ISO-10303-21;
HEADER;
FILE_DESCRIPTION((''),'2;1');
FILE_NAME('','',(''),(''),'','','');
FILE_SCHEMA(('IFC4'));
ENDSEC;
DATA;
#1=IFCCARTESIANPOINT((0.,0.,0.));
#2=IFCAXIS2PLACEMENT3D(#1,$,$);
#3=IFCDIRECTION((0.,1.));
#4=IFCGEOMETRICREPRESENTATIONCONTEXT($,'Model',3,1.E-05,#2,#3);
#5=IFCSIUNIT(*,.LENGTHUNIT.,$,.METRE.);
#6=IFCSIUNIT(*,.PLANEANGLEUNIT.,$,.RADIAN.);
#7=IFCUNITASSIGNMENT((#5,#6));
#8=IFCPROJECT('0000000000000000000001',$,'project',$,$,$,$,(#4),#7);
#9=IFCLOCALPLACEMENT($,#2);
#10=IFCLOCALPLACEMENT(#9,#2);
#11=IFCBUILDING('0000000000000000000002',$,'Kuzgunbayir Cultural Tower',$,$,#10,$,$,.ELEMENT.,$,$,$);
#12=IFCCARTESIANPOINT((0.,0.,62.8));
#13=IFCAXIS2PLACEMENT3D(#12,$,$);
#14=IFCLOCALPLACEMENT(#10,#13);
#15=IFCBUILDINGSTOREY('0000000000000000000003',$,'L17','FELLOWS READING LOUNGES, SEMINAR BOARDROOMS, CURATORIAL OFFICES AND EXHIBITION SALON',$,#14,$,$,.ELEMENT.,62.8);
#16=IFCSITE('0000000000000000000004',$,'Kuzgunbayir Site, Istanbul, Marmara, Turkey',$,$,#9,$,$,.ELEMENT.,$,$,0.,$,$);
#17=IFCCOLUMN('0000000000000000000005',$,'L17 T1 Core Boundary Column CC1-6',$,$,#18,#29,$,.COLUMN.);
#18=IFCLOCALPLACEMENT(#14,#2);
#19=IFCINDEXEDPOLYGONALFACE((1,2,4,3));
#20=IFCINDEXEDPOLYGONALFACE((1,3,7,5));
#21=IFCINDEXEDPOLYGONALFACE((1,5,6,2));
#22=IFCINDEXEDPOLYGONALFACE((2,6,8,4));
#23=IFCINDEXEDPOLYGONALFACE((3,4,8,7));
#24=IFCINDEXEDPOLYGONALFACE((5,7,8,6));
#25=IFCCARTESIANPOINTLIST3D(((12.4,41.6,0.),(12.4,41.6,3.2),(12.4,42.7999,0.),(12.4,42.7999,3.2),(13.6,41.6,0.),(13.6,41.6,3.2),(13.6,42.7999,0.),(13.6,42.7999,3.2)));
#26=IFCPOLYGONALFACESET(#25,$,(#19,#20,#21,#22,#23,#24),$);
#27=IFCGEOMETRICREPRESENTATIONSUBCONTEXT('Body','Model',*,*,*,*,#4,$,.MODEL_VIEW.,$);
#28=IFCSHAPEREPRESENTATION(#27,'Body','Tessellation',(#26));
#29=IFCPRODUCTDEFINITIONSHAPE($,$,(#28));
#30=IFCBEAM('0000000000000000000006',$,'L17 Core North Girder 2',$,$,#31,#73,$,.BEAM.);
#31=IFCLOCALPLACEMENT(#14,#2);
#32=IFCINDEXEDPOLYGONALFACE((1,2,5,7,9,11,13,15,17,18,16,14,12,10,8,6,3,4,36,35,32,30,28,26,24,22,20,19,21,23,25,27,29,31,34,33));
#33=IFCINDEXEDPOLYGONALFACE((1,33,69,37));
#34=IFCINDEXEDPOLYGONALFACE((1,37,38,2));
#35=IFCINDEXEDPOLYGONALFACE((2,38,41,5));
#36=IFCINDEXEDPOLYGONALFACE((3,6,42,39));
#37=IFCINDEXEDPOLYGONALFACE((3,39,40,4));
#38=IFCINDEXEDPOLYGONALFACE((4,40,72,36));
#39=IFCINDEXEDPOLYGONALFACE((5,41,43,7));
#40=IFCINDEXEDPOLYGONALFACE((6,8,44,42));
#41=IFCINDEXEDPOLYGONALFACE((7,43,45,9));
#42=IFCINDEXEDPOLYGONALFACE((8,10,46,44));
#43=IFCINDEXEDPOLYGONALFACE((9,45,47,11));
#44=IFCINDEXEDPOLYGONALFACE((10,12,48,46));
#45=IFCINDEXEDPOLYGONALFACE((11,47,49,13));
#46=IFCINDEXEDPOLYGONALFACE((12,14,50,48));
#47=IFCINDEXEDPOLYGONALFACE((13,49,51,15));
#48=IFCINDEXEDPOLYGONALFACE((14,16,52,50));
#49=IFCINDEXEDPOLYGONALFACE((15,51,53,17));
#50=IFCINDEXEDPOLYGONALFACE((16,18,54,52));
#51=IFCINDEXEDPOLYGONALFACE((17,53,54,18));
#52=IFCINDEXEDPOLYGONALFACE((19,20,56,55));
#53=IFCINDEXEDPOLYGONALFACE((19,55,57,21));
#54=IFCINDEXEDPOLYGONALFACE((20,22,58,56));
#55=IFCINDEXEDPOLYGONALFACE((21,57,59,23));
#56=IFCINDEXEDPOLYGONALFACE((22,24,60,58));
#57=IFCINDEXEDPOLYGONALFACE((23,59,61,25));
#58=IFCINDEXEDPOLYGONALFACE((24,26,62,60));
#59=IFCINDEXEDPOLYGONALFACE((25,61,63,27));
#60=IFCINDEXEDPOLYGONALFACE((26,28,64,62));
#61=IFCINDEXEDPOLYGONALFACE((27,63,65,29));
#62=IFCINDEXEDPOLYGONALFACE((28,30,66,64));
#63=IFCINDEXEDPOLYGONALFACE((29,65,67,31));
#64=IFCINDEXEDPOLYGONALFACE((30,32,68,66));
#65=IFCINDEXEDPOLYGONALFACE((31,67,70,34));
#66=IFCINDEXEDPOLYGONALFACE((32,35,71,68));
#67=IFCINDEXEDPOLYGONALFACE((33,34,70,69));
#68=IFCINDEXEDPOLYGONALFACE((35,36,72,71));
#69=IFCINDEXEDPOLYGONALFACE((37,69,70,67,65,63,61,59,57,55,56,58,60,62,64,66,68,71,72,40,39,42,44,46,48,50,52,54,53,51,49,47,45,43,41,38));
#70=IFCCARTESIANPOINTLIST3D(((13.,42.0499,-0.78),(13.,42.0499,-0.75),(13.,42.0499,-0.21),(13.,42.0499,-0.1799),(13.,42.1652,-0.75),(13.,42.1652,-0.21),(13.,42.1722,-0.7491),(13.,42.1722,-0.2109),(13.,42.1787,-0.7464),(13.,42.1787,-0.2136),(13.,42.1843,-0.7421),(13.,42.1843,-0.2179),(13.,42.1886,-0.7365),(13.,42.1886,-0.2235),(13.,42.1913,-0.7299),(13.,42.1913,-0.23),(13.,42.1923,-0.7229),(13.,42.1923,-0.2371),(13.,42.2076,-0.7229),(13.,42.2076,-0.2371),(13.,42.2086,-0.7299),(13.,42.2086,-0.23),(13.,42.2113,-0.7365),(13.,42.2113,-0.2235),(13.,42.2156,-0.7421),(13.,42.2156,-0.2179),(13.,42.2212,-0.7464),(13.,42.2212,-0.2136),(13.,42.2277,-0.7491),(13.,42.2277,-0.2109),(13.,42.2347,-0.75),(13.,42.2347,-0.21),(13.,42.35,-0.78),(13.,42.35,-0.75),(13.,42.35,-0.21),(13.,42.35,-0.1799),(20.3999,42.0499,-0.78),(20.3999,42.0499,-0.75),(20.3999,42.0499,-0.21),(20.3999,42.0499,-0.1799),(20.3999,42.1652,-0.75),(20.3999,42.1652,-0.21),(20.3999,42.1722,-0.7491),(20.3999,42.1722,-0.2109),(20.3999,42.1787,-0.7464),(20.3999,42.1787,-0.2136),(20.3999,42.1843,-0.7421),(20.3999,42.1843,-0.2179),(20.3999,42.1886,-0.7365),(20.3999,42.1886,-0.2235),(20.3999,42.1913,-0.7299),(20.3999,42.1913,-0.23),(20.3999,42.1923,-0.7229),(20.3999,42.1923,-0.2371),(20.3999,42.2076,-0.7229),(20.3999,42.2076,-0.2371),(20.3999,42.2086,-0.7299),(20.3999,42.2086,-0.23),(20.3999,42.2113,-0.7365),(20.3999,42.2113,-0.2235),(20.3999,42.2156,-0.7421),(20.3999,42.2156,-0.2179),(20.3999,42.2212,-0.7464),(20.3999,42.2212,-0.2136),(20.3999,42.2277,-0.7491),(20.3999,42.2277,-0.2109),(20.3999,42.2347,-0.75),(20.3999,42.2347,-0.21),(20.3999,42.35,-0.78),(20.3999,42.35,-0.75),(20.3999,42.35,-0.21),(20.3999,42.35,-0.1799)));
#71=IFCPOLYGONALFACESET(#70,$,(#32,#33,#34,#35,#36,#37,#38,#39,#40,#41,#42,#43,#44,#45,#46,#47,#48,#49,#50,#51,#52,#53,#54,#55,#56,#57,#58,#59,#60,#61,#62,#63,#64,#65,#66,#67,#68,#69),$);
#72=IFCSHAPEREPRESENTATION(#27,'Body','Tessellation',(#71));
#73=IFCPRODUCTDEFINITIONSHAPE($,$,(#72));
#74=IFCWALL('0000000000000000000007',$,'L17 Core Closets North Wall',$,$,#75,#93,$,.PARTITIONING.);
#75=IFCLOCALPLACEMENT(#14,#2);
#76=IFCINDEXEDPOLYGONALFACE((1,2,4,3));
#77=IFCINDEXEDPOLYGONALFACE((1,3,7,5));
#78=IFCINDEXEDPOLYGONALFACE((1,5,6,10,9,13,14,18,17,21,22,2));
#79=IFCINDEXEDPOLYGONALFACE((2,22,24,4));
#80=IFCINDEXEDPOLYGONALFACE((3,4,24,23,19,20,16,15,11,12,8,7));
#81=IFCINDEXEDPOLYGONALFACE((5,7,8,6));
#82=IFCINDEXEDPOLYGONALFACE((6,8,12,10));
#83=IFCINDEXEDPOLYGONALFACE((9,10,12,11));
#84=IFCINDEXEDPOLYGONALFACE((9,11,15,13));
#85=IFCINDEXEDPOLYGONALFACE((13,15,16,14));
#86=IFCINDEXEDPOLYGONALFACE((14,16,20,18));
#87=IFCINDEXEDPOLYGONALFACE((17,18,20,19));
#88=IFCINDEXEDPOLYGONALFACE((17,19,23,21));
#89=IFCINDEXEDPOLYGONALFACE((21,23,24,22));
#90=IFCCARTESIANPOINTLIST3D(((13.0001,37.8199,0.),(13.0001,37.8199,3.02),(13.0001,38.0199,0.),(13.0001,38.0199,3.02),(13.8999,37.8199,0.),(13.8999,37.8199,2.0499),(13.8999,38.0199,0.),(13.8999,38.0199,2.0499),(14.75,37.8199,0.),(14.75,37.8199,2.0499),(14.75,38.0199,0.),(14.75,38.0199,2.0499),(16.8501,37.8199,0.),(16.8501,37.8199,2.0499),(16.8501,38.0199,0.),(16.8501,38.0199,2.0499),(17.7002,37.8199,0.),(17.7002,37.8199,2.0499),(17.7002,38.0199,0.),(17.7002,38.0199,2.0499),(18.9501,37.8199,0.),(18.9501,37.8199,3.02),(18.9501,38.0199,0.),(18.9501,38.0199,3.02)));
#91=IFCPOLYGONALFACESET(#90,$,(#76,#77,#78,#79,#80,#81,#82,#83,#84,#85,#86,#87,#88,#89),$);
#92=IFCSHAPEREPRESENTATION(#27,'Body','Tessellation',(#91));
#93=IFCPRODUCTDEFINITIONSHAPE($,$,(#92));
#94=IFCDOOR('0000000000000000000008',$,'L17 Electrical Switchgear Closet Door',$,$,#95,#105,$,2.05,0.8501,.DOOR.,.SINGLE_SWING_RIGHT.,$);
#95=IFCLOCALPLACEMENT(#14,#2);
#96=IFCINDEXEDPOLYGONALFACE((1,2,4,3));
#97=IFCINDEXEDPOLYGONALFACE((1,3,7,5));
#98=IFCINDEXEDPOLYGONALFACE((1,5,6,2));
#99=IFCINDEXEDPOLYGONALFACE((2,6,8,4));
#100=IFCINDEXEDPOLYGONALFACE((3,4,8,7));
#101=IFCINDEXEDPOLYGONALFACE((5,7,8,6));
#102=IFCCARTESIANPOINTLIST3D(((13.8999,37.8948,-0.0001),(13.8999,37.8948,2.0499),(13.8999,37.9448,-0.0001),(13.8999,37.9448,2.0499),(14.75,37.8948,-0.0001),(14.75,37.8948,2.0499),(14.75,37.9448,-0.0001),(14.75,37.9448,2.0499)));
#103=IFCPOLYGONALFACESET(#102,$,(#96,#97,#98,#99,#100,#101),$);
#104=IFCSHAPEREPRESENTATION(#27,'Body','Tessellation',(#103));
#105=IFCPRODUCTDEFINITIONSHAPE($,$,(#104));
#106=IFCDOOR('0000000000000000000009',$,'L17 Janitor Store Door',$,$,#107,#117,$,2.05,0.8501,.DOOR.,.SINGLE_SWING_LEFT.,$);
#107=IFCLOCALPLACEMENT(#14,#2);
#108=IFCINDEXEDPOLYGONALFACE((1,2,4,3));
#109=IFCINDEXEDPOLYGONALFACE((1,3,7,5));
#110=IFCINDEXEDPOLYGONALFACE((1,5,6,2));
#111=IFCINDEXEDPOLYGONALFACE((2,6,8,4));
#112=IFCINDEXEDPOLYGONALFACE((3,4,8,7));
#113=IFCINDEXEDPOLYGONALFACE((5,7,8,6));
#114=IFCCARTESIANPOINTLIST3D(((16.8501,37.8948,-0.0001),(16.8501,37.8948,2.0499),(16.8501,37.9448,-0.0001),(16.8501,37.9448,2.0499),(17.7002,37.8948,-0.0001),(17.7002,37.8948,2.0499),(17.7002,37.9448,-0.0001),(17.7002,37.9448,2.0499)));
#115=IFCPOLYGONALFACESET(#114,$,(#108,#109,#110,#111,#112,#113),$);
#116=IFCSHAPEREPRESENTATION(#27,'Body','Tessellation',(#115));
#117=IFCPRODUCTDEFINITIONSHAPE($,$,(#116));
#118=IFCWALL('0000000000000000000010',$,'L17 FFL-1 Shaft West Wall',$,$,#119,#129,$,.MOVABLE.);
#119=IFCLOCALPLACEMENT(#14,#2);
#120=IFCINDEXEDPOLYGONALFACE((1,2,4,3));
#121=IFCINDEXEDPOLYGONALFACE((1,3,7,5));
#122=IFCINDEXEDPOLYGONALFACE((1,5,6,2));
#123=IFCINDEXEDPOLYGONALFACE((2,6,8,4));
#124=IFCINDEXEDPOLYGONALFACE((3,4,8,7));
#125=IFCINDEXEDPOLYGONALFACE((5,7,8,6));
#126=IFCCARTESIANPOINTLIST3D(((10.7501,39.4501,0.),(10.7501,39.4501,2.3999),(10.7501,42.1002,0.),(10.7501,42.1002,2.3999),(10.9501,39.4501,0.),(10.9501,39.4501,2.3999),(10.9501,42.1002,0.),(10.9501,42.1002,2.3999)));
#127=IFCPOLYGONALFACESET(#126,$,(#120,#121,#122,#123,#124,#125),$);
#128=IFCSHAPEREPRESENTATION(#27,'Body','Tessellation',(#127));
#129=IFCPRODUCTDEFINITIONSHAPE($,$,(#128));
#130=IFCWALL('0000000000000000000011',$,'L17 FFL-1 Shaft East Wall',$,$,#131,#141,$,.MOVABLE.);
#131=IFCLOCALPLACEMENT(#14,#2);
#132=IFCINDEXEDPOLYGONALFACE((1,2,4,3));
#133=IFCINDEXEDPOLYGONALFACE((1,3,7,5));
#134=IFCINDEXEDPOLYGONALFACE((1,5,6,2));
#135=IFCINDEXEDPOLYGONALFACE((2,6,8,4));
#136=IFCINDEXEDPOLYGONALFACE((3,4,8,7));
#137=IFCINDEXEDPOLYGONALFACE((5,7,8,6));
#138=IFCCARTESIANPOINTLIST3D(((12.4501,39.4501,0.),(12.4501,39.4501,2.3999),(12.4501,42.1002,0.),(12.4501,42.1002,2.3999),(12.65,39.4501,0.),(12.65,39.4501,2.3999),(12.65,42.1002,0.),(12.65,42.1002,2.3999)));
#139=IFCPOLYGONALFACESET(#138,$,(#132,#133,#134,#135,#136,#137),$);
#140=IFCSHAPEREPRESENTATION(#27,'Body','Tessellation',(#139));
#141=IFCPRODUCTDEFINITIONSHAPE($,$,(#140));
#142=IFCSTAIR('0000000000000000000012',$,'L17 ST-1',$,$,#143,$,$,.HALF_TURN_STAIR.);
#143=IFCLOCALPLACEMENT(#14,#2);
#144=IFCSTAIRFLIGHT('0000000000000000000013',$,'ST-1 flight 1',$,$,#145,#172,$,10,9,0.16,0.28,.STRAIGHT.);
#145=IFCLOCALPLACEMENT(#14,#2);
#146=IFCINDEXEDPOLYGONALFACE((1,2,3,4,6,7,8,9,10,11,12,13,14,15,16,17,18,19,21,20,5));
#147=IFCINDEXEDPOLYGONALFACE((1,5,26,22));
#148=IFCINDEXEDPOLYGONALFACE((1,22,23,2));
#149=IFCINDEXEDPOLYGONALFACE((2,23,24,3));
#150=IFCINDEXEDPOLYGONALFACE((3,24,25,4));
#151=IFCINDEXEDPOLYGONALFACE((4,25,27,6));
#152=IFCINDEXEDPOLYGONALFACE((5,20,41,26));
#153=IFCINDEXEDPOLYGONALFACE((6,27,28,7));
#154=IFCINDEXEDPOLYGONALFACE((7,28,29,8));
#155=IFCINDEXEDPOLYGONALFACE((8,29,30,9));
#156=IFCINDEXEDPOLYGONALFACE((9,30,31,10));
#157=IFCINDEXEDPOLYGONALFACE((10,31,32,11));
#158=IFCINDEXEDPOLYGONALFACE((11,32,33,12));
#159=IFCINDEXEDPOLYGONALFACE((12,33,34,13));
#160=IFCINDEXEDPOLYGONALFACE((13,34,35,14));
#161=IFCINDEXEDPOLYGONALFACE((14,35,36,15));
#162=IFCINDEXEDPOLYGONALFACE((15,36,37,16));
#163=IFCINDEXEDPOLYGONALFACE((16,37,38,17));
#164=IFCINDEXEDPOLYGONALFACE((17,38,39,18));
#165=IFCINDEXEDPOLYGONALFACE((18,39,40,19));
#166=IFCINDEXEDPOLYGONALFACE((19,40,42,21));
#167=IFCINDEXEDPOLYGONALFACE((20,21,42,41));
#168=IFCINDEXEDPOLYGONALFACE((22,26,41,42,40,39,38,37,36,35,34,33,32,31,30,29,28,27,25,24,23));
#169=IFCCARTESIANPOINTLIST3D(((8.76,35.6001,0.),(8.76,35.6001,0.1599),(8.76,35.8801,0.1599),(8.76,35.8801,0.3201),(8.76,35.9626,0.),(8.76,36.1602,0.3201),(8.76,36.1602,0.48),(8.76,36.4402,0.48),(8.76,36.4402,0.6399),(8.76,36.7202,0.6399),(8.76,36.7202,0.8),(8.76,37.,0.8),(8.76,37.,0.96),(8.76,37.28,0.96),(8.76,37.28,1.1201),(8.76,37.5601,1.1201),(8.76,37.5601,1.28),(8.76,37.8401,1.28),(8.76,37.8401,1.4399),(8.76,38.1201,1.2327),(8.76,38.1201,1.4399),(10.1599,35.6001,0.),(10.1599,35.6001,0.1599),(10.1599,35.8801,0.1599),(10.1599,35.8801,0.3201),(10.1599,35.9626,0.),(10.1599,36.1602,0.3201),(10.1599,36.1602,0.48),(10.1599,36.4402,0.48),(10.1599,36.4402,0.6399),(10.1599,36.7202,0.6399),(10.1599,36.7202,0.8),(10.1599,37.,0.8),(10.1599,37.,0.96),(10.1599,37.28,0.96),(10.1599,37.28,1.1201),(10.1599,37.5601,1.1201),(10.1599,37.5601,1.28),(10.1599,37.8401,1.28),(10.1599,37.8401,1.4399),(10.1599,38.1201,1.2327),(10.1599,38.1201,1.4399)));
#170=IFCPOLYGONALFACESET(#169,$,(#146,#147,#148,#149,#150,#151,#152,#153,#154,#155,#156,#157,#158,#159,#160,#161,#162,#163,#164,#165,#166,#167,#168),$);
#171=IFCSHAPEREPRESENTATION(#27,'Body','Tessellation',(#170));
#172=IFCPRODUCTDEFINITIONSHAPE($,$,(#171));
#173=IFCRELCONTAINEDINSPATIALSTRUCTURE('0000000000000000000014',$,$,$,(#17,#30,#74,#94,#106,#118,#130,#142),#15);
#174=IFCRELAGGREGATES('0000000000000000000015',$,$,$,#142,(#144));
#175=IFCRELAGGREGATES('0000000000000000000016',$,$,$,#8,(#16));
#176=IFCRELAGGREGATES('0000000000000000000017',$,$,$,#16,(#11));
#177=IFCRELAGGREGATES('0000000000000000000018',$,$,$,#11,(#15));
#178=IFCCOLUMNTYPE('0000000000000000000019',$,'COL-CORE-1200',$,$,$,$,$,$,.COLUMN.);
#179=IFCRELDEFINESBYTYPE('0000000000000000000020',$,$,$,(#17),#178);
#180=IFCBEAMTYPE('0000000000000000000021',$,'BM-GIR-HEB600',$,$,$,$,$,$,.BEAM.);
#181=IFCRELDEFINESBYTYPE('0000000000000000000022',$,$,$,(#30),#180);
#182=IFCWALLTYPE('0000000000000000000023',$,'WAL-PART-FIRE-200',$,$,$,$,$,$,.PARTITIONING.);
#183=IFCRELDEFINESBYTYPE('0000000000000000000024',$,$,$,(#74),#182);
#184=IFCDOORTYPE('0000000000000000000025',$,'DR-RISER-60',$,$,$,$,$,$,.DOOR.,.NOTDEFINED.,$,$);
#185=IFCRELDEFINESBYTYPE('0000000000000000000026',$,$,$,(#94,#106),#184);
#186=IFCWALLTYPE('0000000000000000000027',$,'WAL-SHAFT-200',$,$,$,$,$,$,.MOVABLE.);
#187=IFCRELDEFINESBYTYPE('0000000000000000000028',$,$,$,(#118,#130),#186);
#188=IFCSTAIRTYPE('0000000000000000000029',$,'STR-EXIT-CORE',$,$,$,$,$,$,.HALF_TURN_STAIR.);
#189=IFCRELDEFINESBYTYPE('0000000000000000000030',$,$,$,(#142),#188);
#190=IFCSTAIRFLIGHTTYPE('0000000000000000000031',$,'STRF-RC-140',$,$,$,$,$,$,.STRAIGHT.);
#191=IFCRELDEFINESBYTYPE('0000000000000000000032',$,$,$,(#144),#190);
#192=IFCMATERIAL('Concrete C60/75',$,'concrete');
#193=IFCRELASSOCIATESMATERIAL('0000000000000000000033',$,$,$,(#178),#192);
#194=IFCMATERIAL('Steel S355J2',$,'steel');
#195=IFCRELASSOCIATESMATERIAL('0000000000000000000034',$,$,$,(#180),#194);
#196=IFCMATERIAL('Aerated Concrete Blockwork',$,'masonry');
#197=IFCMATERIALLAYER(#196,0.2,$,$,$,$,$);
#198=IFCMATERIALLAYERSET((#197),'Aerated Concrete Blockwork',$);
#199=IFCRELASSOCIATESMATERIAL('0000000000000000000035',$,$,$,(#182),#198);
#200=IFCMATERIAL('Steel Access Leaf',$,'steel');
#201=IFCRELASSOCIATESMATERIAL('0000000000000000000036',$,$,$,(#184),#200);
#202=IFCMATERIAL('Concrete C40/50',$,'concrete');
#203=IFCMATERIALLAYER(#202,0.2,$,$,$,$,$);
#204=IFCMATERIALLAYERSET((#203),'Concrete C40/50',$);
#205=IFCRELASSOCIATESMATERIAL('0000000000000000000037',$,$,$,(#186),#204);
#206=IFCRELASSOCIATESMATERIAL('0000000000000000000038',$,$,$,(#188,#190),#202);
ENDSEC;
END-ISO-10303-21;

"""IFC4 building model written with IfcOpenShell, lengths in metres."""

from ifc_helpers import new_model, si_unit, direction, frame, frame_2d, origin, origin_2d, place, context, subcontext, project, spatial, polyline, rectangle, i_section, outline, extrude, material, layer, layer_set, material_profile, profile_set, type_object, element, fill, aggregate, save


model = new_model("IFC4")

# Units and contexts
model_context = context("Model", 3, precision=1e-05, world=origin(), true_north=direction((0.0, 1.0)))
body_context = subcontext(model_context, "Body", "Model", "MODEL_VIEW")
ifc_project = project(units=[si_unit("LENGTHUNIT", "METRE"), si_unit("PLANEANGLEUNIT", "RADIAN")], contexts=[model_context])

# Site, building, storey
site_placement = place(None, origin())
site = spatial("IfcSite", under=ifc_project, at=site_placement, Name="Kuzgunbayir Site, Istanbul, Marmara, Turkey", CompositionType="ELEMENT", RefElevation=0.0)
building_placement = place(site_placement, origin())
building = spatial("IfcBuilding", under=site, at=building_placement, Name="Kuzgunbayir Cultural Tower", CompositionType="ELEMENT")
storey_placement = place(building_placement, frame((0.0, 0.0, 62.8)))
storey = spatial("IfcBuildingStorey", under=building, at=storey_placement, Name="L17", Description="FELLOWS READING LOUNGES, SEMINAR BOARDROOMS, CURATORIAL OFFICES AND EXHIBITION SALON", CompositionType="ELEMENT", Elevation=62.8)

# Column
ifc_material_1 = material(Name="Concrete C60/75", Category="concrete")
ifc_material_profile_1 = material_profile(ifc_material_1, rectangle(XDim=1.2, YDim=1.2, at=origin_2d()), Name="RC 1200x1200")
ifc_profile_set_1 = profile_set([ifc_material_profile_1], Name="Concrete C60/75")
column_type = type_object("IfcColumnType", Name="COL-CORE-1200", PredefinedType="COLUMN", material=ifc_profile_set_1)
column_placement = place(storey_placement, frame((13.0, 42.2, 0.0), z_axis=(0.0, 0.0, 1.0), x_axis=(1.0, 0.0, 0.0)))
element("IfcColumn", 1, at=column_placement, inside=storey, type_object=column_type, Name="L17 T1 Core Boundary Column CC1-6", PredefinedType="COLUMN", context=body_context, shape_type="SweptSolid", body=[
    extrude(rectangle(XDim=1.2, YDim=1.2, at=origin_2d()), origin(), (0.0, 0.0, 1.0), 3.2),
])

# Beam
ifc_material_2 = material(Name="Steel S355J2", Category="steel")
ifc_material_profile_2 = material_profile(ifc_material_2, i_section(OverallWidth=0.3, OverallDepth=0.6001, WebThickness=0.0154, FlangeThickness=0.03, FilletRadius=0.0271, at=origin_2d()), Name="HEB 600")
ifc_profile_set_2 = profile_set([ifc_material_profile_2], Name="Steel S355J2")
beam_type = type_object("IfcBeamType", Name="BM-GIR-HEB600", PredefinedType="BEAM", material=ifc_profile_set_2)
beam_placement = place(storey_placement, frame((13.0, 42.2, -0.48), z_axis=(1.0, 0.0, 0.0), x_axis=(0.0, 1.0, 0.0)))
element("IfcBeam", 2, at=beam_placement, inside=storey, type_object=beam_type, Name="L17 Core North Girder 2", PredefinedType="BEAM", context=body_context, shape_type="SweptSolid", body=[
    extrude(i_section(OverallWidth=0.3, OverallDepth=0.6001, WebThickness=0.0154, FlangeThickness=0.03, FilletRadius=0.0271, at=origin_2d()), origin(), (0.0, 0.0, 1.0), 7.3999),
])

# Wall, openings, doors
ifc_material_3 = material(Name="Aerated Concrete Blockwork", Category="masonry")
ifc_layer_1 = layer(ifc_material_3, 0.2)
ifc_layer_set_1 = layer_set([ifc_layer_1], Name="Aerated Concrete Blockwork")
wall_type_1 = type_object("IfcWallType", Name="WAL-PART-FIRE-200", PredefinedType="PARTITIONING", material=ifc_layer_set_1)
wall_1_placement = place(storey_placement, frame((13.0, 37.9199, 0.0), z_axis=(0.0, 0.0, 1.0), x_axis=(1.0, 0.0, 0.0)))
wall_1 = element("IfcWall", 3, at=wall_1_placement, inside=storey, type_object=wall_type_1, Name="L17 Core Closets North Wall", PredefinedType="PARTITIONING", context=body_context, shape_type="SweptSolid", body=[
    extrude(rectangle(XDim=5.95, YDim=0.2, at=frame_2d((2.9751, 0.0))), origin(), (0.0, 0.0, 1.0), 3.02),
])
opening_1_placement = place(wall_1_placement, frame((0.8999, 0.0, 0.0)))
opening_1 = element("IfcOpeningElement", 4, at=opening_1_placement, cuts=wall_1, PredefinedType="OPENING", context=body_context, shape_type="SweptSolid", body=[
    extrude(rectangle(XDim=0.8501, YDim=2.05, at=frame_2d((0.425, 1.0249))), frame((0.0, 0.1099, 0.0), z_axis=(0.0, -1.0, 0.0), x_axis=(1.0, 0.0, 0.0)), (0.0, 0.0, 1.0), 0.22),
])
opening_2_placement = place(wall_1_placement, frame((3.8501, 0.0, 0.0)))
opening_2 = element("IfcOpeningElement", 5, at=opening_2_placement, cuts=wall_1, PredefinedType="OPENING", context=body_context, shape_type="SweptSolid", body=[
    extrude(rectangle(XDim=0.8501, YDim=2.05, at=frame_2d((0.425, 1.0249))), frame((0.0, 0.1099, 0.0), z_axis=(0.0, -1.0, 0.0), x_axis=(1.0, 0.0, 0.0)), (0.0, 0.0, 1.0), 0.22),
])
ifc_material_4 = material(Name="Steel Access Leaf", Category="steel")
door_type_1 = type_object("IfcDoorType", Name="DR-RISER-60", OperationType="NOTDEFINED", PredefinedType="DOOR", material=ifc_material_4)
door_1_placement = place(opening_1_placement, origin())
door_1 = element("IfcDoor", 6, at=door_1_placement, inside=storey, type_object=door_type_1, Name="L17 Electrical Switchgear Closet Door", OperationType="SINGLE_SWING_RIGHT", OverallHeight=2.05, OverallWidth=0.8501, PredefinedType="DOOR", context=body_context, shape_type="SweptSolid", body=[
    extrude(rectangle(XDim=0.8501, YDim=2.05, at=frame_2d((0.425, 1.0249))), frame((0.0, 0.0249, 0.0), z_axis=(0.0, -1.0, 0.0), x_axis=(1.0, 0.0, 0.0)), (0.0, 0.0, 1.0), 0.05),
])
fill(opening_1, door_1)
door_2_placement = place(opening_2_placement, origin())
door_2 = element("IfcDoor", 7, at=door_2_placement, inside=storey, type_object=door_type_1, Name="L17 Janitor Store Door", OperationType="SINGLE_SWING_LEFT", OverallHeight=2.05, OverallWidth=0.8501, PredefinedType="DOOR", context=body_context, shape_type="SweptSolid", body=[
    extrude(rectangle(XDim=0.8501, YDim=2.05, at=frame_2d((0.425, 1.0249))), frame((0.0, 0.0249, 0.0), z_axis=(0.0, -1.0, 0.0), x_axis=(1.0, 0.0, 0.0)), (0.0, 0.0, 1.0), 0.05),
])
fill(opening_2, door_2)

# Shared definitions
ifc_material_5 = material(Name="Concrete C40/50", Category="concrete")
ifc_layer_2 = layer(ifc_material_5, 0.2)
ifc_layer_set_2 = layer_set([ifc_layer_2], Name="Concrete C40/50")
wall_type_2 = type_object("IfcWallType", Name="WAL-SHAFT-200", PredefinedType="MOVABLE", material=ifc_layer_set_2)

# Walls
for number, where, z_axis, x_axis, name in (
    (8, (10.8501, 39.45, 0.0), (0.0, 0.0, 1.0), (0.0, 1.0, 0.0), "L17 FFL-1 Shaft West Wall"),
    (9, (12.55, 39.45, 0.0), (0.0, 0.0, 1.0), (0.0, 1.0, 0.0), "L17 FFL-1 Shaft East Wall"),
):
    element("IfcWall", number, at=place(storey_placement, frame(where, z_axis=z_axis, x_axis=x_axis)), inside=storey, type_object=wall_type_2, Name=name, PredefinedType="MOVABLE", context=body_context, shape_type="SweptSolid", body=[
        extrude(rectangle(XDim=2.6501, YDim=0.2, at=frame_2d((1.3252, 0.0))), origin(), (0.0, 0.0, 1.0), 2.3999),
    ])

# Stair, stair flight
stair_type = type_object("IfcStairType", Name="STR-EXIT-CORE", PredefinedType="HALF_TURN_STAIR", material=ifc_material_5)
stair_placement = place(storey_placement, origin())
stair = element("IfcStair", 10, at=stair_placement, inside=storey, type_object=stair_type, Name="L17 ST-1", PredefinedType="HALF_TURN_STAIR")
stair_flight_type = type_object("IfcStairFlightType", Name="STRF-RC-140", PredefinedType="STRAIGHT", material=ifc_material_5)
stair_flight_placement = place(storey_placement, frame((9.46, 35.6001, 0.0), z_axis=(0.0, 0.0, 1.0), x_axis=(0.0, 1.0, 0.0)))
stair_flight = element("IfcStairFlight", 11, at=stair_flight_placement, type_object=stair_flight_type, Name="ST-1 flight 1", NumberOfRisers=10, NumberOfTreads=9, PredefinedType="STRAIGHT", RiserHeight=0.16, TreadLength=0.28, context=body_context, shape_type="SweptSolid", body=[
    extrude(outline(polyline([(0.0, 0.0), (0.0, 0.1599), (0.28, 0.1599), (0.28, 0.3201), (0.5601, 0.3201), (0.5601, 0.48), (0.8401, 0.48), (0.8401, 0.6399), (1.1201, 0.6399), (1.1201, 0.8), (1.3999, 0.8), (1.3999, 0.96), (1.6799, 0.96), (1.6799, 1.1201), (1.96, 1.1201), (1.96, 1.28), (2.24, 1.28), (2.24, 1.4399), (2.52, 1.4399), (2.52, 1.6001), (2.52, 1.2327), (0.3625, 0.0), (0.0, 0.0)])), frame((0.0, 0.7, 0.0), z_axis=(0.0, -1.0, 0.0), x_axis=(1.0, 0.0, 0.0)), (0.0, 0.0, 1.0), 1.3999),
])
aggregate(stair, [stair_flight])

save(model, "model.ifc")
